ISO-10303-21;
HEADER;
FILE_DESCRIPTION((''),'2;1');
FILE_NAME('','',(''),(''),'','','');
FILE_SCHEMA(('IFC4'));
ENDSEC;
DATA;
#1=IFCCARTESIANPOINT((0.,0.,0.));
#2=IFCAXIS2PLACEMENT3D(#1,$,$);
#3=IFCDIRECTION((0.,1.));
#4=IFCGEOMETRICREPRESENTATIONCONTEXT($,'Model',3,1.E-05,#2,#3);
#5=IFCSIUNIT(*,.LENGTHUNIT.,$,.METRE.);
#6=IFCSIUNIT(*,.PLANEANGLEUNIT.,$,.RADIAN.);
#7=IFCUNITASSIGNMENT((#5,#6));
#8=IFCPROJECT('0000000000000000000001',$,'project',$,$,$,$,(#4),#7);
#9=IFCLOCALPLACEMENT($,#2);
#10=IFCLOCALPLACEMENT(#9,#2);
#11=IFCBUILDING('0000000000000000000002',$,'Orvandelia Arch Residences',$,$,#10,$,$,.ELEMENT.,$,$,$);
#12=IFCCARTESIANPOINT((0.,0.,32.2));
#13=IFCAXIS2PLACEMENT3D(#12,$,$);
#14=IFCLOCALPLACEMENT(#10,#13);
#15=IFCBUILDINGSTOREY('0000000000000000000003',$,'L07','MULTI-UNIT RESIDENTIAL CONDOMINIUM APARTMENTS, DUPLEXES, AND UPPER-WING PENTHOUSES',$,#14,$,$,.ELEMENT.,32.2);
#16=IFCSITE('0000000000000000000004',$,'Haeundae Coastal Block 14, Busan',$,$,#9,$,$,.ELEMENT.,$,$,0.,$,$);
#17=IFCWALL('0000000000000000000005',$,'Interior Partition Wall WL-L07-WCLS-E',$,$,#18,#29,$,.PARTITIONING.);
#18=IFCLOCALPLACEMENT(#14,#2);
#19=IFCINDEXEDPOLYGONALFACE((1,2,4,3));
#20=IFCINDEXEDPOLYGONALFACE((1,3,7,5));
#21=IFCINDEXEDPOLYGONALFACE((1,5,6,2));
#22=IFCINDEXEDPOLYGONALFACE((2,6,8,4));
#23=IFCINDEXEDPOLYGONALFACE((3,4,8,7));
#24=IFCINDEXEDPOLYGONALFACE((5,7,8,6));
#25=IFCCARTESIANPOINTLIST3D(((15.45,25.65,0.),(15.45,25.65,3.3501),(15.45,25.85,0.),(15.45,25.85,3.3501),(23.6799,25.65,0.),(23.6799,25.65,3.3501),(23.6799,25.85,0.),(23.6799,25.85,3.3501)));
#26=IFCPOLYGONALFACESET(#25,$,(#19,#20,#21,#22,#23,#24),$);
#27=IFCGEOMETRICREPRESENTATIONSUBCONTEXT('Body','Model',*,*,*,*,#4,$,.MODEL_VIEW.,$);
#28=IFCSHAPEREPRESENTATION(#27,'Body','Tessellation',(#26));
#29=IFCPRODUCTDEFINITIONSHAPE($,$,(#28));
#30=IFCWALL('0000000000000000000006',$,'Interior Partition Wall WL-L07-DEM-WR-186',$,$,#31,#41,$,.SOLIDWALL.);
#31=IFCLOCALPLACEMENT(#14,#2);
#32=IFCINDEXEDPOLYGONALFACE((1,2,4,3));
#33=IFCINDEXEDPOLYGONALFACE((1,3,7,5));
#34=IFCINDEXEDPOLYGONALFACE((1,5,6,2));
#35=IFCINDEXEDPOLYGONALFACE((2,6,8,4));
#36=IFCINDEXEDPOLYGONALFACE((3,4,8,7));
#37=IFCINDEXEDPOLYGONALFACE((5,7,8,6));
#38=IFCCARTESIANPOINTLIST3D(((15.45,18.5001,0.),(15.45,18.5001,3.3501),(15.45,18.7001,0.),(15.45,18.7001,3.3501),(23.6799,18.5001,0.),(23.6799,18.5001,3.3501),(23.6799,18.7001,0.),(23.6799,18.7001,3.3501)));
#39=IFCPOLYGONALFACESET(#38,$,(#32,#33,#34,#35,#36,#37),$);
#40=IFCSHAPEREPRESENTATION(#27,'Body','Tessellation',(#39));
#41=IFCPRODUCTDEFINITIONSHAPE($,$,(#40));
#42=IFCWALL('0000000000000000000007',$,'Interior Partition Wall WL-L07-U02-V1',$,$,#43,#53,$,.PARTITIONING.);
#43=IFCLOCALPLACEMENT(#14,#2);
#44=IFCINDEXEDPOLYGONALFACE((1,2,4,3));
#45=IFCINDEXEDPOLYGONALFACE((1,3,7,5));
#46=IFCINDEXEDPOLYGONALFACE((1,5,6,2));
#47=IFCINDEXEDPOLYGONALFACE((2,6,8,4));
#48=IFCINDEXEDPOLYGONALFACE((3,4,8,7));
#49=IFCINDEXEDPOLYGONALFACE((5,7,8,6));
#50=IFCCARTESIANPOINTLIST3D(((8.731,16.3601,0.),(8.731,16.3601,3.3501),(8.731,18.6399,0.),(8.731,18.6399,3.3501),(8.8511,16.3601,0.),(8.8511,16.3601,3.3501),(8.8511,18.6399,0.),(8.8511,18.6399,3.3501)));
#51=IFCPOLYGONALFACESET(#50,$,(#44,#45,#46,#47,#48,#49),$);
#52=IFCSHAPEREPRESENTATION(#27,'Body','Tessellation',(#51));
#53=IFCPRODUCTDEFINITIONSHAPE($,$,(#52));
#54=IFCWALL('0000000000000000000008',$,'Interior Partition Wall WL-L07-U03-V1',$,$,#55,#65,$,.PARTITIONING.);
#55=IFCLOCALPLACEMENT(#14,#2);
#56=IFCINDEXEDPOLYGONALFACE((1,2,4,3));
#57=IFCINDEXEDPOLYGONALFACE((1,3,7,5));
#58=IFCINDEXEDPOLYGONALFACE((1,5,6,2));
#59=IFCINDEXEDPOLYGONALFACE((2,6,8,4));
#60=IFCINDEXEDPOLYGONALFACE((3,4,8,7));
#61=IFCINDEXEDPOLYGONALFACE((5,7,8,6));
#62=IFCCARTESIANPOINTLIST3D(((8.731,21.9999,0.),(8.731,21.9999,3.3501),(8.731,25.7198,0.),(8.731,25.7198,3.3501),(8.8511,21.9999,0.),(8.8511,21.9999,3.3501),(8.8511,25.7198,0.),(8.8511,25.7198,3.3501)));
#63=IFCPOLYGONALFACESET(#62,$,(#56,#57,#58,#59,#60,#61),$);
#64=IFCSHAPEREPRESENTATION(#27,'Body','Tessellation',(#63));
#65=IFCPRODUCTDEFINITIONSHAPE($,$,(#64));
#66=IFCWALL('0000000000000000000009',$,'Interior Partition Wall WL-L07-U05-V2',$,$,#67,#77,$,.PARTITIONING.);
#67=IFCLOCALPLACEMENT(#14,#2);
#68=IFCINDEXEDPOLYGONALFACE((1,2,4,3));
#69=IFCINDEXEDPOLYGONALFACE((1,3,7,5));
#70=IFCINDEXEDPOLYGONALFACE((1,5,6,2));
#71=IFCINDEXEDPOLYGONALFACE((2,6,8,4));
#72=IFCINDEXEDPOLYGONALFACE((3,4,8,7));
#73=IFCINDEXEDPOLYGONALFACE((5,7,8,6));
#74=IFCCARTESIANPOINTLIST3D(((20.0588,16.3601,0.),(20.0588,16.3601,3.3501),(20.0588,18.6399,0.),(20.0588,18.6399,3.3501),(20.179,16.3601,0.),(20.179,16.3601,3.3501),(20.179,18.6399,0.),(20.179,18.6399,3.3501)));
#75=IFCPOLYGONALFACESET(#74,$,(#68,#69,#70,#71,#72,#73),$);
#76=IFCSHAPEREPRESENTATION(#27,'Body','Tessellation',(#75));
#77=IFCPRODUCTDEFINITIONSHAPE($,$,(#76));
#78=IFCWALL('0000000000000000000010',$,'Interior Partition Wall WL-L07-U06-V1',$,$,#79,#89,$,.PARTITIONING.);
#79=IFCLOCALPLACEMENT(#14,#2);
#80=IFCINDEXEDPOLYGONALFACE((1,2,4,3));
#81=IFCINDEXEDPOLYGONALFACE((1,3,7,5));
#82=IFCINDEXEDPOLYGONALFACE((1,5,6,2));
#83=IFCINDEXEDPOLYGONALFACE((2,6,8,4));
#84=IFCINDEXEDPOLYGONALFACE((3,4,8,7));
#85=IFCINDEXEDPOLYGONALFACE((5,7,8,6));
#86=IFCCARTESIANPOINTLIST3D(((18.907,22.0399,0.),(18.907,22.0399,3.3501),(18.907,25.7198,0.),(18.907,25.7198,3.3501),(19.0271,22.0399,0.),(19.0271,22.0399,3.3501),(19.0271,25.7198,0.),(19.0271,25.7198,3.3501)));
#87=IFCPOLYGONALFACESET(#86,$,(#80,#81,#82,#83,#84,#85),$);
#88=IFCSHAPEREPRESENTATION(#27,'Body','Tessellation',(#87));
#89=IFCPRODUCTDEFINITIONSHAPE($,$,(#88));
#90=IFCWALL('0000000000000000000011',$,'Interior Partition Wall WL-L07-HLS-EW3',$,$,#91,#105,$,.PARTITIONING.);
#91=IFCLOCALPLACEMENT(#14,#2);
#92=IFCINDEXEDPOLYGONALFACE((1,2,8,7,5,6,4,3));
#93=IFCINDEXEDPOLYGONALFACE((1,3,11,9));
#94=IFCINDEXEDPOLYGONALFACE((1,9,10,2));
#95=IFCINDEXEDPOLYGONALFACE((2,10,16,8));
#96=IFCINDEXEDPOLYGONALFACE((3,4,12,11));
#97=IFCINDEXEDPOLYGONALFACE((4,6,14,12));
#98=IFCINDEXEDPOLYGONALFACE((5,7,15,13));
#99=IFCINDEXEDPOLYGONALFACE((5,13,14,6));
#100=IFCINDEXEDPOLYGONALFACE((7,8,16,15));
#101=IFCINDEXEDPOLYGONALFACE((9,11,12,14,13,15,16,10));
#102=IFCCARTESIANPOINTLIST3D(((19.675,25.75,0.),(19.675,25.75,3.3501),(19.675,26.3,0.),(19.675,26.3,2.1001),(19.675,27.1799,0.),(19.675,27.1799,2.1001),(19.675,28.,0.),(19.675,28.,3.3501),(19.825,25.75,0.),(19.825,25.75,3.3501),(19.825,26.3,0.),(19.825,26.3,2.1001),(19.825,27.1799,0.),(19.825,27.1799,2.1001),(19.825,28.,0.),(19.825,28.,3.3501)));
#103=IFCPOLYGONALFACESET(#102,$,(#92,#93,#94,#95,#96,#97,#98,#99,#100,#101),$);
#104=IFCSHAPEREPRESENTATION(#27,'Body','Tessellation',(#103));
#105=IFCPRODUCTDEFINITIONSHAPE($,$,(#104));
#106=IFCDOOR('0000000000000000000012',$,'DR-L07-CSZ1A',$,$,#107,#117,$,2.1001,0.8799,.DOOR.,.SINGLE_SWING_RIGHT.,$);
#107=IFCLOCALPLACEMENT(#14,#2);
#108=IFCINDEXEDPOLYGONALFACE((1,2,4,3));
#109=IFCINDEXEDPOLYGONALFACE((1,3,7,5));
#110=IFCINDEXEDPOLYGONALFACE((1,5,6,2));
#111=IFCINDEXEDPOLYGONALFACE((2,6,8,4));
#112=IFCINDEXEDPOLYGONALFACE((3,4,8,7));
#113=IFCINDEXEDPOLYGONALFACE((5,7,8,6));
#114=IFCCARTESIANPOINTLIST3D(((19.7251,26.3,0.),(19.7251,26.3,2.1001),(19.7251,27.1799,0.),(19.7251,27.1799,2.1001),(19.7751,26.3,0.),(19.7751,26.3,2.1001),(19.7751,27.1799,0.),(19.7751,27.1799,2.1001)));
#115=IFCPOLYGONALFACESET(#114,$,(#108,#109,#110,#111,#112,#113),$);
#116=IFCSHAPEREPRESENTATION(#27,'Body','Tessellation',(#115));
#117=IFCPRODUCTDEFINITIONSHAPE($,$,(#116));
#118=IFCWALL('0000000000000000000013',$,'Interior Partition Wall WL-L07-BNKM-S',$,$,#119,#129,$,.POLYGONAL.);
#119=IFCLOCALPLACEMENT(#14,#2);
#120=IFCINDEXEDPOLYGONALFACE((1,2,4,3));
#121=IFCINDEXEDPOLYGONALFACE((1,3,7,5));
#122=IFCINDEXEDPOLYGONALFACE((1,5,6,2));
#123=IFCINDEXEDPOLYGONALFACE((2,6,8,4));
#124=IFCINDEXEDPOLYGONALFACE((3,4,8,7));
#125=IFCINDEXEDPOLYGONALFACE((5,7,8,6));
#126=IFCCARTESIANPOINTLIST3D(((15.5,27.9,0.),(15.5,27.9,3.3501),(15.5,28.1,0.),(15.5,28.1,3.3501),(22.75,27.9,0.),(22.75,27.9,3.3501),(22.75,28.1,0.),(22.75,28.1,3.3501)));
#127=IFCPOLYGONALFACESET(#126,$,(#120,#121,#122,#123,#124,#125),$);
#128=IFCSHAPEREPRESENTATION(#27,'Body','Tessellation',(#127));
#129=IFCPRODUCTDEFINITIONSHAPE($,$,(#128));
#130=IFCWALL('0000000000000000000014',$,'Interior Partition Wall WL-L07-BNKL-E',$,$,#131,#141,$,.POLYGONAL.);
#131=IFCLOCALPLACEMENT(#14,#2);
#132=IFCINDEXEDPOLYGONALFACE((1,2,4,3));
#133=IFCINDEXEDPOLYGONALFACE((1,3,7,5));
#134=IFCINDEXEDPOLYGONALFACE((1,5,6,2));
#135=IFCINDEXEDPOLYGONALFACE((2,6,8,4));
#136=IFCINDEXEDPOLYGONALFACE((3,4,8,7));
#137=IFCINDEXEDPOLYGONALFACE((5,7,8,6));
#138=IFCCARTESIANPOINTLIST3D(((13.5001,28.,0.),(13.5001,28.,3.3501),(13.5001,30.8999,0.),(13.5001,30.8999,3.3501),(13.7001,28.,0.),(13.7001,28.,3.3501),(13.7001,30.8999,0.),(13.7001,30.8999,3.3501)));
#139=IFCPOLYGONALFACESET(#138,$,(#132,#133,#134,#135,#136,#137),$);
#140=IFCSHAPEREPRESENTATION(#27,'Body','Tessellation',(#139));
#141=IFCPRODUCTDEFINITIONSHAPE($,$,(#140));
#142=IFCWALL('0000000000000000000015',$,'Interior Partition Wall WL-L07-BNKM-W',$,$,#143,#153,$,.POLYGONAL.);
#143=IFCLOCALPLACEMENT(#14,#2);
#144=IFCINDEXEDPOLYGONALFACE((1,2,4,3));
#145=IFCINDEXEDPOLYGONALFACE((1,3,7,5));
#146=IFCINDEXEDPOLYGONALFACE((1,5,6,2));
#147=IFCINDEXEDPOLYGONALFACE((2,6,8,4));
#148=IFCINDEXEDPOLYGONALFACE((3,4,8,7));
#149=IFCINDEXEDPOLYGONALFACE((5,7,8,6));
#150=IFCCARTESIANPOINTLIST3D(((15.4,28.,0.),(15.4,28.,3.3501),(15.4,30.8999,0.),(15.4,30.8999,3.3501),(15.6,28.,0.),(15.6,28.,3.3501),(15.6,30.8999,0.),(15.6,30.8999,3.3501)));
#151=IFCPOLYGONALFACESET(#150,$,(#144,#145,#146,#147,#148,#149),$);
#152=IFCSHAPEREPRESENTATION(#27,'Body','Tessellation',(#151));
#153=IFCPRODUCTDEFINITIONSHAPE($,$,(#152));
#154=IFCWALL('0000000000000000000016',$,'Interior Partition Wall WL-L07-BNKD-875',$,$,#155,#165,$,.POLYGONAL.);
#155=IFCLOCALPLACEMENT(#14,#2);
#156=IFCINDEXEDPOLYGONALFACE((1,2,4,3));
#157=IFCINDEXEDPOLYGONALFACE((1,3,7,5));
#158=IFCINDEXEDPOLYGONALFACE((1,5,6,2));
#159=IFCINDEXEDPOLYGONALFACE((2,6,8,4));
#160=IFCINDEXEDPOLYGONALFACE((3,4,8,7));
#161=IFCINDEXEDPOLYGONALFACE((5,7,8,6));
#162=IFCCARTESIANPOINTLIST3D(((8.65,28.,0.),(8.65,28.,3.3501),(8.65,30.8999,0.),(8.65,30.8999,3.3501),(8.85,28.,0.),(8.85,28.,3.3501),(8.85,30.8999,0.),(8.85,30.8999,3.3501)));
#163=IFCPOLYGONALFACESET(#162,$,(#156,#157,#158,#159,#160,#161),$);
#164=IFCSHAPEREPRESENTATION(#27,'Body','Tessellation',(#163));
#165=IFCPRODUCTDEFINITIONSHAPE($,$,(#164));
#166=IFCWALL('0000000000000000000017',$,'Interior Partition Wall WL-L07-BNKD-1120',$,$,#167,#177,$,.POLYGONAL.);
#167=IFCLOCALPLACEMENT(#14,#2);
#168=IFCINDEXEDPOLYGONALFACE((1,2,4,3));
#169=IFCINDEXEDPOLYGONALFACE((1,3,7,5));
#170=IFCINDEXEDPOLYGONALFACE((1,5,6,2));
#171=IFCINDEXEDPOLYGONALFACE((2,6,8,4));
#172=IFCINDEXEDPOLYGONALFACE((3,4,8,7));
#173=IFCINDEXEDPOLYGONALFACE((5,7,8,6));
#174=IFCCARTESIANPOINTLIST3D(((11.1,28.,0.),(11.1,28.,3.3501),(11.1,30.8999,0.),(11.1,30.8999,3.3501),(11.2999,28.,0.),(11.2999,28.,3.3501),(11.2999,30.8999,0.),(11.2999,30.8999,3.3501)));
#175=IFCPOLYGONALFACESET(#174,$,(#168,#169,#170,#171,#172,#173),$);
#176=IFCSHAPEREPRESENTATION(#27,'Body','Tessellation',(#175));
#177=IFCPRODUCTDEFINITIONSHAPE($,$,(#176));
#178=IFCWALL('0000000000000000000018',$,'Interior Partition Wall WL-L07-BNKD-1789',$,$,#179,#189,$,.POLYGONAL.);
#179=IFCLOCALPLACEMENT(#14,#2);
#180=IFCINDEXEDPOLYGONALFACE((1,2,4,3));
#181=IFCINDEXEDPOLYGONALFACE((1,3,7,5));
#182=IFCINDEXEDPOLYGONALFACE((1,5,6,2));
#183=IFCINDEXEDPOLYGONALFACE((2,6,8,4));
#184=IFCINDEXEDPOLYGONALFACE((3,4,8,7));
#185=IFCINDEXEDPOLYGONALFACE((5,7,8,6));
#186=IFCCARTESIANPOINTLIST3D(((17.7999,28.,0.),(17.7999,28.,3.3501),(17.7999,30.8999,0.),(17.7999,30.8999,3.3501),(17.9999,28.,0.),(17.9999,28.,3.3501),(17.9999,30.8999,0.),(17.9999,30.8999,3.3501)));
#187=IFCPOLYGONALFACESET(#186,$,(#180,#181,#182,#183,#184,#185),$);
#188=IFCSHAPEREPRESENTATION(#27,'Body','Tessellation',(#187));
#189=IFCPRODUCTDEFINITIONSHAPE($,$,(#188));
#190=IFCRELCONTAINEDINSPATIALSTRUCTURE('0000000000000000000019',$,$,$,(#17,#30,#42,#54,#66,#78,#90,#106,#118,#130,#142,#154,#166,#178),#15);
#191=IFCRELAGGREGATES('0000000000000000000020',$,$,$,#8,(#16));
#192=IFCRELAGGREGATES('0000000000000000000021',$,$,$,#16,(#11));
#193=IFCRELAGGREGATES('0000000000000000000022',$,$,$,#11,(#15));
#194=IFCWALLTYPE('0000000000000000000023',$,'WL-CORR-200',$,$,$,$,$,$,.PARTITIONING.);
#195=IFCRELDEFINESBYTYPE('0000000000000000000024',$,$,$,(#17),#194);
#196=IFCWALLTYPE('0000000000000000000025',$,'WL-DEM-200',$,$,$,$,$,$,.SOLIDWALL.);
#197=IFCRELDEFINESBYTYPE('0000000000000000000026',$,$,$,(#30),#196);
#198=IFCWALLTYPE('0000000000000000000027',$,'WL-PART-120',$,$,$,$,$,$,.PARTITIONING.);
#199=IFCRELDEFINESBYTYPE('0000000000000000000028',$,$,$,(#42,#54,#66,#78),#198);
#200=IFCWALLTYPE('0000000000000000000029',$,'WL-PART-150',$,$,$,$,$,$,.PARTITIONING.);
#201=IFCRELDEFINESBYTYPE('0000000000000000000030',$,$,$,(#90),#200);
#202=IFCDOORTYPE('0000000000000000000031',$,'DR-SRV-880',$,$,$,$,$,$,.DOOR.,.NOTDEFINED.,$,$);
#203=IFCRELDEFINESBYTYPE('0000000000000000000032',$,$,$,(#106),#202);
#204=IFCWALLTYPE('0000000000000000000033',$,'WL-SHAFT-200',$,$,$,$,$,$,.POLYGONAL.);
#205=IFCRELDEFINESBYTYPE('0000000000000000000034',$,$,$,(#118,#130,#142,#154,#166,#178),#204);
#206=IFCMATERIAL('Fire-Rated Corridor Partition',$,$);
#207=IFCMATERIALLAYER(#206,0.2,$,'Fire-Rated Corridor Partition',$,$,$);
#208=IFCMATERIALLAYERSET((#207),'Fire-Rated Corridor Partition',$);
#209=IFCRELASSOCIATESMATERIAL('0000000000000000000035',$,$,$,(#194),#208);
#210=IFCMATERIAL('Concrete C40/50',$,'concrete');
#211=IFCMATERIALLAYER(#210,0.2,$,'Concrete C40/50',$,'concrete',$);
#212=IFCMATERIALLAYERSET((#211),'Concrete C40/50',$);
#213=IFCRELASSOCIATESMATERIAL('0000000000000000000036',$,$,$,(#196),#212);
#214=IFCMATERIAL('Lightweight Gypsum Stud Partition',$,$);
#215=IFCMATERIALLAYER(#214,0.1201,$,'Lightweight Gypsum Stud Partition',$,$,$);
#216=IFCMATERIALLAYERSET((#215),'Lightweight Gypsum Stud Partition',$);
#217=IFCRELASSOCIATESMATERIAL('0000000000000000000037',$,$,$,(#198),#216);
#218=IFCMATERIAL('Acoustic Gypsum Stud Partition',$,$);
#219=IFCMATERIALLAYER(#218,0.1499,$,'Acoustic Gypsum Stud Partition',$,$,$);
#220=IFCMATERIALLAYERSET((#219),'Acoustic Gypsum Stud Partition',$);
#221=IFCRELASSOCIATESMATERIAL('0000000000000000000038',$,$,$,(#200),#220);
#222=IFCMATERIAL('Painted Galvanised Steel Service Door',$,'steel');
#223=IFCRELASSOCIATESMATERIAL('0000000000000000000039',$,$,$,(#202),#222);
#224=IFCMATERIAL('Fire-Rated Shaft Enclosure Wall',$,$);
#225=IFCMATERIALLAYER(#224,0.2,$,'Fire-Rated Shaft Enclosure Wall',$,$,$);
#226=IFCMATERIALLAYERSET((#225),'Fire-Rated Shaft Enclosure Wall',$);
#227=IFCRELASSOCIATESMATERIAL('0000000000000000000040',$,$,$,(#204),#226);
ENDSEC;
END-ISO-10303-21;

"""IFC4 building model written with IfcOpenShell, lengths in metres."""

from ifc_helpers import new_model, si_unit, direction, frame, frame_2d, origin, place, context, subcontext, project, spatial, rectangle, extrude, material, layer, layer_set, type_object, element, fill, save


model = new_model("IFC4")

# Units and contexts
model_context = context("Model", 3, precision=1e-05, world=origin(), true_north=direction((0.0, 1.0)))
body_context = subcontext(model_context, "Body", "Model", "MODEL_VIEW")
ifc_project = project(units=[si_unit("LENGTHUNIT", "METRE"), si_unit("PLANEANGLEUNIT", "RADIAN")], contexts=[model_context])

# Site, building, storey
site_placement = place(None, origin())
site = spatial("IfcSite", under=ifc_project, at=site_placement, Name="Haeundae Coastal Block 14, Busan", CompositionType="ELEMENT", RefElevation=0.0)
building_placement = place(site_placement, origin())
building = spatial("IfcBuilding", under=site, at=building_placement, Name="Orvandelia Arch Residences", CompositionType="ELEMENT")
storey_placement = place(building_placement, frame((0.0, 0.0, 32.2)))
storey = spatial("IfcBuildingStorey", under=building, at=storey_placement, Name="L07", Description="MULTI-UNIT RESIDENTIAL CONDOMINIUM APARTMENTS, DUPLEXES, AND UPPER-WING PENTHOUSES", CompositionType="ELEMENT", Elevation=32.2)

# Walls
ifc_material_1 = material(Name="Fire-Rated Corridor Partition")
ifc_layer_1 = layer(ifc_material_1, 0.2, Name="Fire-Rated Corridor Partition")
ifc_layer_set_1 = layer_set([ifc_layer_1], Name="Fire-Rated Corridor Partition")
wall_type_1 = type_object("IfcWallType", Name="WL-CORR-200", PredefinedType="PARTITIONING", material=ifc_layer_set_1)
wall_1_placement = place(storey_placement, frame((15.45, 25.75, 0.0), z_axis=(0.0, 0.0, 1.0), x_axis=(1.0, 0.0, 0.0)))
element("IfcWall", 1, at=wall_1_placement, inside=storey, type_object=wall_type_1, Name="Interior Partition Wall WL-L07-WCLS-E", PredefinedType="PARTITIONING", context=body_context, shape_type="SweptSolid", body=[
    extrude(rectangle(XDim=8.23, YDim=0.2, at=frame_2d((4.115, 0.0))), origin(), (0.0, 0.0, 1.0), 3.3501),
])
ifc_material_2 = material(Name="Concrete C40/50", Category="concrete")
ifc_layer_2 = layer(ifc_material_2, 0.2, Name="Concrete C40/50", Category="concrete")
ifc_layer_set_2 = layer_set([ifc_layer_2], Name="Concrete C40/50")
wall_type_2 = type_object("IfcWallType", Name="WL-DEM-200", PredefinedType="SOLIDWALL", material=ifc_layer_set_2)
wall_2_placement = place(storey_placement, frame((15.45, 18.6001, 0.0), z_axis=(0.0, 0.0, 1.0), x_axis=(1.0, 0.0, 0.0)))
element("IfcWall", 2, at=wall_2_placement, inside=storey, type_object=wall_type_2, Name="Interior Partition Wall WL-L07-DEM-WR-186", PredefinedType="SOLIDWALL", context=body_context, shape_type="SweptSolid", body=[
    extrude(rectangle(XDim=8.23, YDim=0.2, at=frame_2d((4.115, 0.0))), origin(), (0.0, 0.0, 1.0), 3.3501),
])
ifc_material_3 = material(Name="Lightweight Gypsum Stud Partition")
ifc_layer_3 = layer(ifc_material_3, 0.1201, Name="Lightweight Gypsum Stud Partition")
ifc_layer_set_3 = layer_set([ifc_layer_3], Name="Lightweight Gypsum Stud Partition")
wall_type_3 = type_object("IfcWallType", Name="WL-PART-120", PredefinedType="PARTITIONING", material=ifc_layer_set_3)
wall_3_placement = place(storey_placement, frame((8.791, 16.3601, 0.0), z_axis=(0.0, 0.0, 1.0), x_axis=(0.0, 1.0, 0.0)))
element("IfcWall", 3, at=wall_3_placement, inside=storey, type_object=wall_type_3, Name="Interior Partition Wall WL-L07-U02-V1", PredefinedType="PARTITIONING", context=body_context, shape_type="SweptSolid", body=[
    extrude(rectangle(XDim=2.2798, YDim=0.1201, at=frame_2d((1.1399, 0.0))), origin(), (0.0, 0.0, 1.0), 3.3501),
])
wall_4_placement = place(storey_placement, frame((8.791, 22.0, 0.0), z_axis=(0.0, 0.0, 1.0), x_axis=(0.0, 1.0, 0.0)))
element("IfcWall", 4, at=wall_4_placement, inside=storey, type_object=wall_type_3, Name="Interior Partition Wall WL-L07-U03-V1", PredefinedType="PARTITIONING", context=body_context, shape_type="SweptSolid", body=[
    extrude(rectangle(XDim=3.72, YDim=0.1201, at=frame_2d((1.8599, 0.0))), origin(), (0.0, 0.0, 1.0), 3.3501),
])
wall_5_placement = place(storey_placement, frame((20.1189, 16.3601, 0.0), z_axis=(0.0, 0.0, 1.0), x_axis=(0.0, 1.0, 0.0)))
element("IfcWall", 5, at=wall_5_placement, inside=storey, type_object=wall_type_3, Name="Interior Partition Wall WL-L07-U05-V2", PredefinedType="PARTITIONING", context=body_context, shape_type="SweptSolid", body=[
    extrude(rectangle(XDim=2.2798, YDim=0.1201, at=frame_2d((1.1399, 0.0))), origin(), (0.0, 0.0, 1.0), 3.3501),
])
wall_6_placement = place(storey_placement, frame((18.967, 22.04, 0.0), z_axis=(0.0, 0.0, 1.0), x_axis=(0.0, 1.0, 0.0)))
element("IfcWall", 6, at=wall_6_placement, inside=storey, type_object=wall_type_3, Name="Interior Partition Wall WL-L07-U06-V1", PredefinedType="PARTITIONING", context=body_context, shape_type="SweptSolid", body=[
    extrude(rectangle(XDim=3.6799, YDim=0.1201, at=frame_2d((1.8398, 0.0))), origin(), (0.0, 0.0, 1.0), 3.3501),
])

# Wall, opening, door
ifc_material_4 = material(Name="Acoustic Gypsum Stud Partition")
ifc_layer_4 = layer(ifc_material_4, 0.1499, Name="Acoustic Gypsum Stud Partition")
ifc_layer_set_4 = layer_set([ifc_layer_4], Name="Acoustic Gypsum Stud Partition")
wall_type_4 = type_object("IfcWallType", Name="WL-PART-150", PredefinedType="PARTITIONING", material=ifc_layer_set_4)
wall_7_placement = place(storey_placement, frame((19.75, 25.75, 0.0), z_axis=(0.0, 0.0, 1.0), x_axis=(0.0, 1.0, 0.0)))
wall_7 = element("IfcWall", 7, at=wall_7_placement, inside=storey, type_object=wall_type_4, Name="Interior Partition Wall WL-L07-HLS-EW3", PredefinedType="PARTITIONING", context=body_context, shape_type="SweptSolid", body=[
    extrude(rectangle(XDim=2.25, YDim=0.1499, at=frame_2d((1.125, 0.0))), origin(), (0.0, 0.0, 1.0), 3.3501),
])
opening_1_placement = place(wall_7_placement, frame((0.55, 0.0, 0.0)))
opening_1 = element("IfcOpeningElement", 8, at=opening_1_placement, cuts=wall_7, PredefinedType="OPENING", context=body_context, shape_type="SweptSolid", body=[
    extrude(rectangle(XDim=0.8799, YDim=2.1001, at=frame_2d((0.4399, 1.05))), frame((0.0, 0.085, 0.0), z_axis=(0.0, -1.0, 0.0), x_axis=(1.0, 0.0, 0.0)), (0.0, 0.0, 1.0), 0.1699),
])
ifc_material_5 = material(Name="Painted Galvanised Steel Service Door", Category="steel")
door_type_1 = type_object("IfcDoorType", Name="DR-SRV-880", OperationType="NOTDEFINED", PredefinedType="DOOR", material=ifc_material_5)
door_1_placement = place(opening_1_placement, origin())
door_1 = element("IfcDoor", 9, at=door_1_placement, inside=storey, type_object=door_type_1, Name="DR-L07-CSZ1A", OperationType="SINGLE_SWING_RIGHT", OverallHeight=2.1001, OverallWidth=0.8799, PredefinedType="DOOR", context=body_context, shape_type="SweptSolid", body=[
    extrude(rectangle(XDim=0.8799, YDim=2.1001, at=frame_2d((0.4399, 1.05))), frame((0.0, 0.0249, 0.0), z_axis=(0.0, -1.0, 0.0), x_axis=(1.0, 0.0, 0.0)), (0.0, 0.0, 1.0), 0.05),
])
fill(opening_1, door_1)

# Walls
ifc_material_6 = material(Name="Fire-Rated Shaft Enclosure Wall")
ifc_layer_5 = layer(ifc_material_6, 0.2, Name="Fire-Rated Shaft Enclosure Wall")
ifc_layer_set_5 = layer_set([ifc_layer_5], Name="Fire-Rated Shaft Enclosure Wall")
wall_type_5 = type_object("IfcWallType", Name="WL-SHAFT-200", PredefinedType="POLYGONAL", material=ifc_layer_set_5)
wall_8_placement = place(storey_placement, frame((15.5, 28.0, 0.0), z_axis=(0.0, 0.0, 1.0), x_axis=(1.0, 0.0, 0.0)))
element("IfcWall", 10, at=wall_8_placement, inside=storey, type_object=wall_type_5, Name="Interior Partition Wall WL-L07-BNKM-S", PredefinedType="POLYGONAL", context=body_context, shape_type="SweptSolid", body=[
    extrude(rectangle(XDim=7.25, YDim=0.2, at=frame_2d((3.625, 0.0))), origin(), (0.0, 0.0, 1.0), 3.3501),
])
for number, where, z_axis, x_axis, name in (
    (11, (13.6001, 28.0, 0.0), (0.0, 0.0, 1.0), (0.0, 1.0, 0.0), "Interior Partition Wall WL-L07-BNKL-E"),
    (12, (15.5, 28.0, 0.0), (0.0, 0.0, 1.0), (0.0, 1.0, 0.0), "Interior Partition Wall WL-L07-BNKM-W"),
    (13, (8.75, 28.0, 0.0), (0.0, 0.0, 1.0), (0.0, 1.0, 0.0), "Interior Partition Wall WL-L07-BNKD-875"),
    (14, (11.2, 28.0, 0.0), (0.0, 0.0, 1.0), (0.0, 1.0, 0.0), "Interior Partition Wall WL-L07-BNKD-1120"),
    (15, (17.8999, 28.0, 0.0), (0.0, 0.0, 1.0), (0.0, 1.0, 0.0), "Interior Partition Wall WL-L07-BNKD-1789"),
):
    element("IfcWall", number, at=place(storey_placement, frame(where, z_axis=z_axis, x_axis=x_axis)), inside=storey, type_object=wall_type_5, Name=name, PredefinedType="POLYGONAL", context=body_context, shape_type="SweptSolid", body=[
        extrude(rectangle(XDim=2.8999, YDim=0.2, at=frame_2d((1.45, 0.0))), origin(), (0.0, 0.0, 1.0), 3.3501),
    ])

save(model, "model.ifc")
